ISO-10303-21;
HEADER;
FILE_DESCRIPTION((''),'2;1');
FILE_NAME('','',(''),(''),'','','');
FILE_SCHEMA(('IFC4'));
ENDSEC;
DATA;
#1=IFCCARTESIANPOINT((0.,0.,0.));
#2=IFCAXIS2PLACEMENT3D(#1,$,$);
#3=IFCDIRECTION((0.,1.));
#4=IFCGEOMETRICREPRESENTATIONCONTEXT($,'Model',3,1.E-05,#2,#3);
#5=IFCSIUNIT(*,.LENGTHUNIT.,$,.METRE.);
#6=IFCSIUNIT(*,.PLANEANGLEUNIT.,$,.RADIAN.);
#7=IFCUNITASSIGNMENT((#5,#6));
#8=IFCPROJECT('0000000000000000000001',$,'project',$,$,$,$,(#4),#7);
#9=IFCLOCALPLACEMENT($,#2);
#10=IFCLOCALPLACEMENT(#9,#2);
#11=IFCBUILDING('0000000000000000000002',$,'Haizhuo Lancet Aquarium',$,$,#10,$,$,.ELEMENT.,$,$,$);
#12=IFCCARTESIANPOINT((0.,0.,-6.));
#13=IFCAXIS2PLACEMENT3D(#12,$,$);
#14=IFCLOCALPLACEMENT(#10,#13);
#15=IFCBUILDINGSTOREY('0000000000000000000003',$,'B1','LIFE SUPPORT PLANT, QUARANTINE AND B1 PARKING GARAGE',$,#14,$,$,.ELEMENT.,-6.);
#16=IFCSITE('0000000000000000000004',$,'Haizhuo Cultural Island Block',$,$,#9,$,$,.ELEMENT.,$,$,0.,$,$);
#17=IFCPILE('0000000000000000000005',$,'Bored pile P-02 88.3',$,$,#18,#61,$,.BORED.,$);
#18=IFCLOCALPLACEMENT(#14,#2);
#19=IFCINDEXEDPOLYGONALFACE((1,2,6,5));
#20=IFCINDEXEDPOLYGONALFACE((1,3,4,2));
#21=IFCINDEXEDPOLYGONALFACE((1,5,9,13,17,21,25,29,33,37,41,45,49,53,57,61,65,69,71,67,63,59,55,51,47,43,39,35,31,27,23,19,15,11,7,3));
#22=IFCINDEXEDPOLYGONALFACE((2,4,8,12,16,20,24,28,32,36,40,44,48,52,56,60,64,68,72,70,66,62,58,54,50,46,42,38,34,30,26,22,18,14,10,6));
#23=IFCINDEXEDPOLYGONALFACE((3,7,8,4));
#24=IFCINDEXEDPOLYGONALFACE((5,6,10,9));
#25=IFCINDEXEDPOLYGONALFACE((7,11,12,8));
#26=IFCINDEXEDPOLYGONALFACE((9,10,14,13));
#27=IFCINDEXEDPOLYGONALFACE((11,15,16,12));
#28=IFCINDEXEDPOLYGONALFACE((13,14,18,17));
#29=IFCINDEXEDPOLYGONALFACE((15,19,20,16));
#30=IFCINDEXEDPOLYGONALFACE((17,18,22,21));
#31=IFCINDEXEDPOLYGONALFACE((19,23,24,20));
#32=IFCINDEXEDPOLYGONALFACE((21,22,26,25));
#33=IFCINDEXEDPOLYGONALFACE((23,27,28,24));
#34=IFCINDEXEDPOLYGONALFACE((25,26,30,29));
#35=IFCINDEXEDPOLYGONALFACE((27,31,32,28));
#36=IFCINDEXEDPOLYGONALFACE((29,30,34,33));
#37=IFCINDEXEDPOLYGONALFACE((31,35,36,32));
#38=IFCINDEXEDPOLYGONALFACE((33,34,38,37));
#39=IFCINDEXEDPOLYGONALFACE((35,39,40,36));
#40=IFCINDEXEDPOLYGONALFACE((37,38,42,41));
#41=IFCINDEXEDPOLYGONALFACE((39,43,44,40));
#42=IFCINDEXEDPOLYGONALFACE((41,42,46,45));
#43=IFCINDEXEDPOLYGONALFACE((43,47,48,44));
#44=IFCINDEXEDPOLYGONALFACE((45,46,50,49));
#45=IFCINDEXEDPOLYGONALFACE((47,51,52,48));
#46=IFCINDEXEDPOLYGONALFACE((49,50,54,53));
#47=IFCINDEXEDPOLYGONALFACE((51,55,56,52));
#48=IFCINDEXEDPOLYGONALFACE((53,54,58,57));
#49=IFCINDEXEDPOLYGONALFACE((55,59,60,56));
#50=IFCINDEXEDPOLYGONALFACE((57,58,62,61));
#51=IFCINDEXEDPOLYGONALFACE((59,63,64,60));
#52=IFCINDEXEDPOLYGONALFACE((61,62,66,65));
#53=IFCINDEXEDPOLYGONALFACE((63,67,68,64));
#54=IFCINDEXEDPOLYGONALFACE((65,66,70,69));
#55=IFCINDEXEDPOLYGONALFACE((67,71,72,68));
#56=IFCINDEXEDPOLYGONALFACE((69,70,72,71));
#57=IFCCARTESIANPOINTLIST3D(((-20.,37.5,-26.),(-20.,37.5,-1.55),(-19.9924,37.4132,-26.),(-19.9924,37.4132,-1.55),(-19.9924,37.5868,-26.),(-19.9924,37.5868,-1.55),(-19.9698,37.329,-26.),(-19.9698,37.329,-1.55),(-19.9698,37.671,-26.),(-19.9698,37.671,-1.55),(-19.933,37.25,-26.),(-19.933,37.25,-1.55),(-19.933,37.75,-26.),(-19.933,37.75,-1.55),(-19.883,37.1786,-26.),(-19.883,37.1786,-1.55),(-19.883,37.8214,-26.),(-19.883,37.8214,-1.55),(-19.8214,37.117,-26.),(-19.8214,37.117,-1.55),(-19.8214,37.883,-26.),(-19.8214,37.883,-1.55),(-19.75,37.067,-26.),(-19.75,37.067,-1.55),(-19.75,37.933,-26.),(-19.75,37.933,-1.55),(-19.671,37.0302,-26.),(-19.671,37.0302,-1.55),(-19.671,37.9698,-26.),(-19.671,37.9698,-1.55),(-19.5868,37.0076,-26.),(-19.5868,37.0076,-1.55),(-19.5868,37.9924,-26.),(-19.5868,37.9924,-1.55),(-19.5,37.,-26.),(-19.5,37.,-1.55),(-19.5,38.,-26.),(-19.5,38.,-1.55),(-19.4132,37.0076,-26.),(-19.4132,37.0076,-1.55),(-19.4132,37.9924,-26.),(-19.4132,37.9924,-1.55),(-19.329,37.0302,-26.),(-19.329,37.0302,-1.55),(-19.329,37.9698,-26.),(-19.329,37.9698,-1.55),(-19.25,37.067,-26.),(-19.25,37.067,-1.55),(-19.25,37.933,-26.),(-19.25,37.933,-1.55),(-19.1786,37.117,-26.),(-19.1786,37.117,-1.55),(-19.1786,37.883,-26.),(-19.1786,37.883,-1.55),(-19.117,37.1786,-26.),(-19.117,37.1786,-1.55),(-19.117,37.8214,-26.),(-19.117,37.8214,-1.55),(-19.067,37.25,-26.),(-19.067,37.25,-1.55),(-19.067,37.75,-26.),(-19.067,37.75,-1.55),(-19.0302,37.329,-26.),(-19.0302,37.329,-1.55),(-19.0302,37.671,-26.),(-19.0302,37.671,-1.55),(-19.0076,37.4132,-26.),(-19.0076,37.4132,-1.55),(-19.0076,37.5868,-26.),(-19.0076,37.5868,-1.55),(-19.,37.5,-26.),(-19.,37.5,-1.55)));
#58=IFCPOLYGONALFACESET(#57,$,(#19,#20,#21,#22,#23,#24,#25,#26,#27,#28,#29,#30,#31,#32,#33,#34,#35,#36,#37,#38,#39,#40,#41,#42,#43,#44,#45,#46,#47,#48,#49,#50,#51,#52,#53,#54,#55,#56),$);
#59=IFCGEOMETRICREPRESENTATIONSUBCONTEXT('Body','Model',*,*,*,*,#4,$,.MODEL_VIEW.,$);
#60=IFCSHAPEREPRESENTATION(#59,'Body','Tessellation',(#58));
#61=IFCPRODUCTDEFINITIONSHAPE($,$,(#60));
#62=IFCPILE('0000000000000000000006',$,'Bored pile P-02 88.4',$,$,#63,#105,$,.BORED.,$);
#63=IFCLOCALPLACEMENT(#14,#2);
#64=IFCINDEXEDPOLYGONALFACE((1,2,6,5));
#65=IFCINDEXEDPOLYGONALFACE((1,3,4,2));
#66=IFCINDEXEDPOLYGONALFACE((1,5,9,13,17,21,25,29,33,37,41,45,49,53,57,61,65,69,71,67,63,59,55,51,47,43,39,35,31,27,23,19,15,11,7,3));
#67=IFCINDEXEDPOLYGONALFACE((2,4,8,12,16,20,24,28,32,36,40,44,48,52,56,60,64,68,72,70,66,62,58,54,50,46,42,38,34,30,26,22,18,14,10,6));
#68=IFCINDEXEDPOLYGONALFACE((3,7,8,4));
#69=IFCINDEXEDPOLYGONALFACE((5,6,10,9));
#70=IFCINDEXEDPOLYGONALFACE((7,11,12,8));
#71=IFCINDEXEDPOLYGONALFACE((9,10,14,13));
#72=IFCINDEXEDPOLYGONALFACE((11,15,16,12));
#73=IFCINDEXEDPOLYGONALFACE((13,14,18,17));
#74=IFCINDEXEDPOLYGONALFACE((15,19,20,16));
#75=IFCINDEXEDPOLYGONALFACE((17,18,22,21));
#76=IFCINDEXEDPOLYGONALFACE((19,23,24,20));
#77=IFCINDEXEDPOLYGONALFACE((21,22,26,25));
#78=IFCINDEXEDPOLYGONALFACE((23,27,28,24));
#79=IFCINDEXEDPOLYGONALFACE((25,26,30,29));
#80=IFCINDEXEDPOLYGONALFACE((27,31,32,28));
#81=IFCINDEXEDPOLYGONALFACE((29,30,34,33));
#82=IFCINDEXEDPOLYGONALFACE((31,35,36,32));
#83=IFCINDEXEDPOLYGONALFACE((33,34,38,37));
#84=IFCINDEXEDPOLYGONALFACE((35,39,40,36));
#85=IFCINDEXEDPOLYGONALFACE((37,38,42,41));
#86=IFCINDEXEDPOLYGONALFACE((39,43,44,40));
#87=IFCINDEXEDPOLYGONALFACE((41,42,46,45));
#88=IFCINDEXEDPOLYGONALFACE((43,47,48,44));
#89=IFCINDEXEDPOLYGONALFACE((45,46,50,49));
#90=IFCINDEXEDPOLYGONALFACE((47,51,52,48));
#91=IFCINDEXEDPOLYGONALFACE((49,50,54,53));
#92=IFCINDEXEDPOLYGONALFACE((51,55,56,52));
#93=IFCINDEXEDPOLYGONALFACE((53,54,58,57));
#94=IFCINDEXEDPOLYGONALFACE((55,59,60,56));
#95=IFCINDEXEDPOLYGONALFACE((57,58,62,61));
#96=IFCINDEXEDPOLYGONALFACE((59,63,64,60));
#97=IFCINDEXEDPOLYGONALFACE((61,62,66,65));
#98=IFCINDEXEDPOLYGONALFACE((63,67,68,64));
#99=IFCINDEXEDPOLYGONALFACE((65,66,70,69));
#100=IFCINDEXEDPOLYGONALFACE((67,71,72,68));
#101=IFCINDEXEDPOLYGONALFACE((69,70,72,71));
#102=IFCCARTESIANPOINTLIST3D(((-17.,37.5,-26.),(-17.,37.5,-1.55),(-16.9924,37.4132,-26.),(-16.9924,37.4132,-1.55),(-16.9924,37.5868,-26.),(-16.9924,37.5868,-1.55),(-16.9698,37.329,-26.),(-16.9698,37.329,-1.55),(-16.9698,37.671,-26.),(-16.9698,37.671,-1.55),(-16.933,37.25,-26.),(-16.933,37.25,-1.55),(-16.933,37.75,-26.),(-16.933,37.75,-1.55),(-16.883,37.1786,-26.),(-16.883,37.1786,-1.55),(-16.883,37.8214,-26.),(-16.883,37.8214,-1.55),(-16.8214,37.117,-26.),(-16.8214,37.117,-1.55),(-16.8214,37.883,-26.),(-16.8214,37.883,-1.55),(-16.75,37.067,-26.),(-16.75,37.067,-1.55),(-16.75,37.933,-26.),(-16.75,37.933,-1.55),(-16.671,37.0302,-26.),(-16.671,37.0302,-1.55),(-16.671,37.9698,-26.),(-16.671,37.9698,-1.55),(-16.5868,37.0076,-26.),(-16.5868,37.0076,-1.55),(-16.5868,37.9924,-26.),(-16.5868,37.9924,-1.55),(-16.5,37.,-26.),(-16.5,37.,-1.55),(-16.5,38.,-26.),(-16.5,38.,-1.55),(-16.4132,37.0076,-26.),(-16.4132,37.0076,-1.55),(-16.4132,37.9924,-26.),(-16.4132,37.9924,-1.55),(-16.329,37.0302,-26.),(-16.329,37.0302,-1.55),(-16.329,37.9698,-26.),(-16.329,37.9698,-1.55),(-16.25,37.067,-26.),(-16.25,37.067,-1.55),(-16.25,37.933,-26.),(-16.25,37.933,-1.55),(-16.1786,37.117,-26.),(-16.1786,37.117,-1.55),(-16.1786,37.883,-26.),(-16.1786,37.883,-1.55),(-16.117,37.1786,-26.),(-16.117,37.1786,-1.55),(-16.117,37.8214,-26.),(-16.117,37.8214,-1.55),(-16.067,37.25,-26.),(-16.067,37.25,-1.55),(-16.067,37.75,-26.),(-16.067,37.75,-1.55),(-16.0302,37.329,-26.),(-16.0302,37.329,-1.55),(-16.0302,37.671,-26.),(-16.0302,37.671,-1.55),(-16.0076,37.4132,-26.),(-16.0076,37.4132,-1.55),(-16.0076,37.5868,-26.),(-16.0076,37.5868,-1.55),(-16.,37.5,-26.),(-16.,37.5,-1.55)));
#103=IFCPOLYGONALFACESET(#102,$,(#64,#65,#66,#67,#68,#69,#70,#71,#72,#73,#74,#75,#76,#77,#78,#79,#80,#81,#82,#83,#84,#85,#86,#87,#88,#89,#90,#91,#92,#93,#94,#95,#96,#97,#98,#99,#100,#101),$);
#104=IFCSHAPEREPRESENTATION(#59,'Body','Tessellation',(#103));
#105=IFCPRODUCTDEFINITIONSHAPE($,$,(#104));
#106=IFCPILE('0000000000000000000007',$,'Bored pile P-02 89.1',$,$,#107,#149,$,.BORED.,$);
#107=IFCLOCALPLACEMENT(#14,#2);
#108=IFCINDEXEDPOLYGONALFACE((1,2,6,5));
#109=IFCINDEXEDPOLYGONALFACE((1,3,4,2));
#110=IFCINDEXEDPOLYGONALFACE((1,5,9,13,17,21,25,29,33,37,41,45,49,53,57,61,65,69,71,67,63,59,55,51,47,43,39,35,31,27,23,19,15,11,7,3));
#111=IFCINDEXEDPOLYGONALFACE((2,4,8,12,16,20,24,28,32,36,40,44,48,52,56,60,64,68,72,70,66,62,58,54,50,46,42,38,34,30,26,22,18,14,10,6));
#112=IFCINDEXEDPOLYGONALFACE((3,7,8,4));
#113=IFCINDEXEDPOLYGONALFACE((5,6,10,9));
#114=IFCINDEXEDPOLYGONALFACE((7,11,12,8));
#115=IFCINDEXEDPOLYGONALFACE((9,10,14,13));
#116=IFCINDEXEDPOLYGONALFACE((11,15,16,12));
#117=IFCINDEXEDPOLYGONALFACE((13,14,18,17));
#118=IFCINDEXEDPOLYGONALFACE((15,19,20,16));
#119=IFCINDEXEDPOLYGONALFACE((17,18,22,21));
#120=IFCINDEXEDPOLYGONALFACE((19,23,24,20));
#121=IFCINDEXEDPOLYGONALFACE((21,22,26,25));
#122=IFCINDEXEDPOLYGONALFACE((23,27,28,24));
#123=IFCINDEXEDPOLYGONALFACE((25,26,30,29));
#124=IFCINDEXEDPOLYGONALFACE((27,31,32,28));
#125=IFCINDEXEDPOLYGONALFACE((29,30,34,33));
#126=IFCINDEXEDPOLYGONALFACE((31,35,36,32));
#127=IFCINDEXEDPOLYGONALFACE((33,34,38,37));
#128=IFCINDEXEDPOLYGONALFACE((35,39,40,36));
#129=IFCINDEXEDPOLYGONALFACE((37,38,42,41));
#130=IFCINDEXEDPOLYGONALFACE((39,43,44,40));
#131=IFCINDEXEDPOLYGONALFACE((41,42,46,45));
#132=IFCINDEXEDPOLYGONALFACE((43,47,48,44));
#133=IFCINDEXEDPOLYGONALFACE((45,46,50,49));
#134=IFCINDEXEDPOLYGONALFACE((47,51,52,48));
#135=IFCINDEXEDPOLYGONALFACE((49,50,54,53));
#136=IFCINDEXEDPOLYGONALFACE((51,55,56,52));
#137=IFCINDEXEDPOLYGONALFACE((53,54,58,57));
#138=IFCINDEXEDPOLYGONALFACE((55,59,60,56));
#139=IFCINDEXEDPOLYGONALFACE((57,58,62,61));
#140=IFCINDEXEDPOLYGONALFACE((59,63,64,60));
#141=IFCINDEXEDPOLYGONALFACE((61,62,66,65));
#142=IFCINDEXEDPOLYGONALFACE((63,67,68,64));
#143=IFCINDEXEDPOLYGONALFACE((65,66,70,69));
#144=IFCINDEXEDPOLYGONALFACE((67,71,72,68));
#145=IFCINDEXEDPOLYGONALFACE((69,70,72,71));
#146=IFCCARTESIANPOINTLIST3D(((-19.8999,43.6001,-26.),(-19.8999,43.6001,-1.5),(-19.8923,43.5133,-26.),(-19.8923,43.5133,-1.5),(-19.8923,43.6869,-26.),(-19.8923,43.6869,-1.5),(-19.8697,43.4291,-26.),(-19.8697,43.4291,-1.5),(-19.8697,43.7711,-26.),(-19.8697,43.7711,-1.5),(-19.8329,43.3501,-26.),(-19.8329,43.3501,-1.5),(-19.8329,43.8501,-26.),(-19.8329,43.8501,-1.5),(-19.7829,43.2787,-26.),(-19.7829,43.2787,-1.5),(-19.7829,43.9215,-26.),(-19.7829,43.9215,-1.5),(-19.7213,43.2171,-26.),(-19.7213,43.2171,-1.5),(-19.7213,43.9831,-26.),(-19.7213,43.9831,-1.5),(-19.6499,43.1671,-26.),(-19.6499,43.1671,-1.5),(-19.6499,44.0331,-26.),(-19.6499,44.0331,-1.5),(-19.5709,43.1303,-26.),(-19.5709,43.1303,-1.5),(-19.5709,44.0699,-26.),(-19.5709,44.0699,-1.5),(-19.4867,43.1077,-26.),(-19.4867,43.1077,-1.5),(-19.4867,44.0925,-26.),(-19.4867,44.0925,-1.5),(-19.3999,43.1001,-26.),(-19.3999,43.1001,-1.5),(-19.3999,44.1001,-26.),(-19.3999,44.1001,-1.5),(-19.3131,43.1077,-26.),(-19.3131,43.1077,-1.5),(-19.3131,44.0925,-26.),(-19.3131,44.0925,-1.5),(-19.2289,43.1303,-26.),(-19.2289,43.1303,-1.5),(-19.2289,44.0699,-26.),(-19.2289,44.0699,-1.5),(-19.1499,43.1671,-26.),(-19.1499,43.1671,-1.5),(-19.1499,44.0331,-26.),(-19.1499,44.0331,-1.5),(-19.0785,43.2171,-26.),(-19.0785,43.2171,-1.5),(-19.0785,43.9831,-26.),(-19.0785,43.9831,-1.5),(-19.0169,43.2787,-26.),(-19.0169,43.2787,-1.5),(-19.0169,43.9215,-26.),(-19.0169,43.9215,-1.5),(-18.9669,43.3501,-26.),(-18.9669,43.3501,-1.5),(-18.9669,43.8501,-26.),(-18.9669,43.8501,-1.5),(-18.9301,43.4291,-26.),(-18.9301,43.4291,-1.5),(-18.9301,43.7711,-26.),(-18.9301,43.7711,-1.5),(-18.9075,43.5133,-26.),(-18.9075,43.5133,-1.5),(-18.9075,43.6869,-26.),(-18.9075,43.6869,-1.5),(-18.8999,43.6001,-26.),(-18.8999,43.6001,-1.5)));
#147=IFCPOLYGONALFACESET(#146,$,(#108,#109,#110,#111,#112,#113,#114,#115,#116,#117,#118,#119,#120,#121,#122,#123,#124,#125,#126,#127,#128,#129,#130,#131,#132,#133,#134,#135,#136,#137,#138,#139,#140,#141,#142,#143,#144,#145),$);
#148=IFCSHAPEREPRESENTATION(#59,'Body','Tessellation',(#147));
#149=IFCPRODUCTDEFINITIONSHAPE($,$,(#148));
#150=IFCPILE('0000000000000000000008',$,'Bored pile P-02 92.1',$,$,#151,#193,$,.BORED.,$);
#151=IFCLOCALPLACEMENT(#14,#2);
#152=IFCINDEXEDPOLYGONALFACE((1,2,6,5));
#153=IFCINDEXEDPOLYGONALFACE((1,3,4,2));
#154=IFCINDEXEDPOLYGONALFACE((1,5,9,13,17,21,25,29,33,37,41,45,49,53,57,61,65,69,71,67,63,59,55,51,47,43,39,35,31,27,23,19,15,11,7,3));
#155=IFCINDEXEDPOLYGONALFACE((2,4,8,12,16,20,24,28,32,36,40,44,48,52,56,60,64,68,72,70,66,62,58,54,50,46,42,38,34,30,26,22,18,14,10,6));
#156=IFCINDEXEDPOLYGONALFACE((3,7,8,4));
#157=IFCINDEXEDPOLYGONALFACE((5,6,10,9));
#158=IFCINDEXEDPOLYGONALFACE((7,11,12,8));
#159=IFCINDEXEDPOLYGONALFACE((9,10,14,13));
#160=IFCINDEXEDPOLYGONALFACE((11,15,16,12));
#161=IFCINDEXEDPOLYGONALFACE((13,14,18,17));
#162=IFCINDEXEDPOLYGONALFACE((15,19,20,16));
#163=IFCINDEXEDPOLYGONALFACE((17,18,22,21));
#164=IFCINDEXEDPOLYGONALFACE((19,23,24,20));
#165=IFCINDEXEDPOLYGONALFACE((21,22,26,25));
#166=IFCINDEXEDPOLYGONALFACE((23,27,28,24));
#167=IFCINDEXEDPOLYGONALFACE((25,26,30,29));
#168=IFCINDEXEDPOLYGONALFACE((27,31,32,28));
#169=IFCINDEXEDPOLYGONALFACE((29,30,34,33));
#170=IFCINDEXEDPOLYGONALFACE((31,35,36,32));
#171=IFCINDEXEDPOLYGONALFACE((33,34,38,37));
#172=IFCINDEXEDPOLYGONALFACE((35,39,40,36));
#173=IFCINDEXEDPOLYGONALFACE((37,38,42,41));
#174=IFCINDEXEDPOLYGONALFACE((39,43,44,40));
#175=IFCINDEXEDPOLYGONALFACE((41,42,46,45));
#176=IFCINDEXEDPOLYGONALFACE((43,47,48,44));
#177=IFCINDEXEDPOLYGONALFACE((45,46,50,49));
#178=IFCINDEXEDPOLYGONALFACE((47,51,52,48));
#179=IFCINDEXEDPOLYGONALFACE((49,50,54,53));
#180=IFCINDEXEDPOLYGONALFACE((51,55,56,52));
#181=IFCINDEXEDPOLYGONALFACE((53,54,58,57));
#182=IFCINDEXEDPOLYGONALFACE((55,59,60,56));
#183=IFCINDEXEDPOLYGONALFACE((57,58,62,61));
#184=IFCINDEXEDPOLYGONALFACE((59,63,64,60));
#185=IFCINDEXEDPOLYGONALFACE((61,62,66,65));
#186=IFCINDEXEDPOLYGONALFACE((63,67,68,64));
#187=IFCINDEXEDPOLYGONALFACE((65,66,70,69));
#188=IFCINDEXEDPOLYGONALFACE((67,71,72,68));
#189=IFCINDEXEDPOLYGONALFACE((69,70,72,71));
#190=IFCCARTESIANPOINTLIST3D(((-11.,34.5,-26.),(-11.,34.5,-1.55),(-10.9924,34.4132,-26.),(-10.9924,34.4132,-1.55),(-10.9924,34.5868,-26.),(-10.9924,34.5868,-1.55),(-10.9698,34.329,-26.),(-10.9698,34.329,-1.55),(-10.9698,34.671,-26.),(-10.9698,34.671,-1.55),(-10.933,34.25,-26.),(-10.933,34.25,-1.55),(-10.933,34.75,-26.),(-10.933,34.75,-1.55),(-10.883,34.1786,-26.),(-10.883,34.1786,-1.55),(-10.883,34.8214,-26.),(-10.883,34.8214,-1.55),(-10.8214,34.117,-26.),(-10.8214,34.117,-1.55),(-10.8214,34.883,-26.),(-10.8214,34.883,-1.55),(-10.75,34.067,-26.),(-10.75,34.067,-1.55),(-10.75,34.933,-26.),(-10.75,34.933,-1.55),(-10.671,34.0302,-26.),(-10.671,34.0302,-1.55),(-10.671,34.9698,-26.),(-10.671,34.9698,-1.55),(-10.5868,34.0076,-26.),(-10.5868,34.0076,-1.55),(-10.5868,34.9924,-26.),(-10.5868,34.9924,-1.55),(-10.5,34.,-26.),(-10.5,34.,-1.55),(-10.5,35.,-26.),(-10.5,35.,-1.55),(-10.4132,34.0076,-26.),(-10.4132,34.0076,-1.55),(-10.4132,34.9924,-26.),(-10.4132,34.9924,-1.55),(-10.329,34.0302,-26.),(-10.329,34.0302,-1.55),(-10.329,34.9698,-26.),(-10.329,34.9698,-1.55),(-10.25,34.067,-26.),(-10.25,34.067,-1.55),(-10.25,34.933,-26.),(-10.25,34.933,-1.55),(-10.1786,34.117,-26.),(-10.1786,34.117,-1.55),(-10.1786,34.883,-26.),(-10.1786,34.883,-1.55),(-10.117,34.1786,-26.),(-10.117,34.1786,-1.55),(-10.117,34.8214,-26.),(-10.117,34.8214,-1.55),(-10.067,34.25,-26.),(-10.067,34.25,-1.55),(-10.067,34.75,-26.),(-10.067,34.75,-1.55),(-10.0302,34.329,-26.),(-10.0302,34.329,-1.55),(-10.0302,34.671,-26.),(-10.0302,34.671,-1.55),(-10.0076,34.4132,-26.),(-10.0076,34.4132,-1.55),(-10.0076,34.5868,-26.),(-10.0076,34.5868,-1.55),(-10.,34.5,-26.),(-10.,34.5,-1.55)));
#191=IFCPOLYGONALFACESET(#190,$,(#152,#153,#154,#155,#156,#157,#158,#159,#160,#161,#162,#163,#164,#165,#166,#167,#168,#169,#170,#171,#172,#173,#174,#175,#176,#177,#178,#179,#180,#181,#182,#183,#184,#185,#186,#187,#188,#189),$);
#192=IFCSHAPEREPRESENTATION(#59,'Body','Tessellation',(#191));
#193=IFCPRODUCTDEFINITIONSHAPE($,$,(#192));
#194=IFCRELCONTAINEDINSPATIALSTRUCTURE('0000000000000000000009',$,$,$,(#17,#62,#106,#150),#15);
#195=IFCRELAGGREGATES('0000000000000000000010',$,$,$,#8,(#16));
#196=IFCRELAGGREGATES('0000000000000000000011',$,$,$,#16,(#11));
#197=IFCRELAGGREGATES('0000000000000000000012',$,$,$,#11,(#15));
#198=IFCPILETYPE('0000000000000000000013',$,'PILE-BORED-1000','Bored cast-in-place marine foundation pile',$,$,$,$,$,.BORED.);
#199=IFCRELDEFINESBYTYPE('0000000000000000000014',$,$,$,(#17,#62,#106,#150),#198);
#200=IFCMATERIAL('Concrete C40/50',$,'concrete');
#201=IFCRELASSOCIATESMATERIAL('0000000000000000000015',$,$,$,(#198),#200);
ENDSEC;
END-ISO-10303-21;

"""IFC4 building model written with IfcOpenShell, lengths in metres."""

from ifc_helpers import new_model, si_unit, direction, frame, origin, origin_2d, place, context, subcontext, project, spatial, circle, extrude, material, material_profile, profile_set, type_object, element, save


model = new_model("IFC4")

# Units and contexts
model_context = context("Model", 3, precision=1e-05, world=origin(), true_north=direction((0.0, 1.0)))
body_context = subcontext(model_context, "Body", "Model", "MODEL_VIEW")
ifc_project = project(units=[si_unit("LENGTHUNIT", "METRE"), si_unit("PLANEANGLEUNIT", "RADIAN")], contexts=[model_context])

# Site, building, storey
site_placement = place(None, origin())
site = spatial("IfcSite", under=ifc_project, at=site_placement, Name="Haizhuo Cultural Island Block", CompositionType="ELEMENT", RefElevation=0.0)
building_placement = place(site_placement, origin())
building = spatial("IfcBuilding", under=site, at=building_placement, Name="Haizhuo Lancet Aquarium", CompositionType="ELEMENT")
storey_placement = place(building_placement, frame((0.0, 0.0, -6.0)))
storey = spatial("IfcBuildingStorey", under=building, at=storey_placement, Name="B1", Description="LIFE SUPPORT PLANT, QUARANTINE AND B1 PARKING GARAGE", CompositionType="ELEMENT", Elevation=-6.0)

# Shared definitions
ifc_material_1 = material(Name="Concrete C40/50", Category="concrete")

# Piles
ifc_material_profile_1 = material_profile(ifc_material_1, circle(Radius=0.5, at=origin_2d()), Name="PILE-1000")
ifc_profile_set_1 = profile_set([ifc_material_profile_1], Name="Concrete C40/50")
pile_type_1 = type_object("IfcPileType", Name="PILE-BORED-1000", Description="Bored cast-in-place marine foundation pile", PredefinedType="BORED", material=ifc_profile_set_1)
for number, where, z_axis, x_axis, name in (
    (1, (-19.5, 37.5, -1.55), (0.0, 0.0, -1.0), (1.0, 0.0, 0.0), "Bored pile P-02 88.3"),
    (2, (-16.5, 37.5, -1.55), (0.0, 0.0, -1.0), (1.0, 0.0, 0.0), "Bored pile P-02 88.4"),
):
    element("IfcPile", number, at=place(storey_placement, frame(where, z_axis=z_axis, x_axis=x_axis)), inside=storey, type_object=pile_type_1, Name=name, PredefinedType="BORED", context=body_context, shape_type="SweptSolid", body=[
        extrude(circle(Radius=0.5, at=origin_2d()), origin(), (0.0, 0.0, 1.0), 24.45),
    ])
pile_1_placement = place(storey_placement, frame((-19.3999, 43.6001, -1.5), z_axis=(0.0, 0.0, -1.0), x_axis=(1.0, 0.0, 0.0)))
element("IfcPile", 3, at=pile_1_placement, inside=storey, type_object=pile_type_1, Name="Bored pile P-02 89.1", PredefinedType="BORED", context=body_context, shape_type="SweptSolid", body=[
    extrude(circle(Radius=0.5, at=origin_2d()), origin(), (0.0, 0.0, 1.0), 24.5),
])
for number, where, z_axis, x_axis, name in (
    (4, (-10.5, 34.5, -1.55), (0.0, 0.0, -1.0), (1.0, 0.0, 0.0), "Bored pile P-02 92.1"),
):
    element("IfcPile", number, at=place(storey_placement, frame(where, z_axis=z_axis, x_axis=x_axis)), inside=storey, type_object=pile_type_1, Name=name, PredefinedType="BORED", context=body_context, shape_type="SweptSolid", body=[
        extrude(circle(Radius=0.5, at=origin_2d()), origin(), (0.0, 0.0, 1.0), 24.45),
    ])

save(model, "model.ifc")
